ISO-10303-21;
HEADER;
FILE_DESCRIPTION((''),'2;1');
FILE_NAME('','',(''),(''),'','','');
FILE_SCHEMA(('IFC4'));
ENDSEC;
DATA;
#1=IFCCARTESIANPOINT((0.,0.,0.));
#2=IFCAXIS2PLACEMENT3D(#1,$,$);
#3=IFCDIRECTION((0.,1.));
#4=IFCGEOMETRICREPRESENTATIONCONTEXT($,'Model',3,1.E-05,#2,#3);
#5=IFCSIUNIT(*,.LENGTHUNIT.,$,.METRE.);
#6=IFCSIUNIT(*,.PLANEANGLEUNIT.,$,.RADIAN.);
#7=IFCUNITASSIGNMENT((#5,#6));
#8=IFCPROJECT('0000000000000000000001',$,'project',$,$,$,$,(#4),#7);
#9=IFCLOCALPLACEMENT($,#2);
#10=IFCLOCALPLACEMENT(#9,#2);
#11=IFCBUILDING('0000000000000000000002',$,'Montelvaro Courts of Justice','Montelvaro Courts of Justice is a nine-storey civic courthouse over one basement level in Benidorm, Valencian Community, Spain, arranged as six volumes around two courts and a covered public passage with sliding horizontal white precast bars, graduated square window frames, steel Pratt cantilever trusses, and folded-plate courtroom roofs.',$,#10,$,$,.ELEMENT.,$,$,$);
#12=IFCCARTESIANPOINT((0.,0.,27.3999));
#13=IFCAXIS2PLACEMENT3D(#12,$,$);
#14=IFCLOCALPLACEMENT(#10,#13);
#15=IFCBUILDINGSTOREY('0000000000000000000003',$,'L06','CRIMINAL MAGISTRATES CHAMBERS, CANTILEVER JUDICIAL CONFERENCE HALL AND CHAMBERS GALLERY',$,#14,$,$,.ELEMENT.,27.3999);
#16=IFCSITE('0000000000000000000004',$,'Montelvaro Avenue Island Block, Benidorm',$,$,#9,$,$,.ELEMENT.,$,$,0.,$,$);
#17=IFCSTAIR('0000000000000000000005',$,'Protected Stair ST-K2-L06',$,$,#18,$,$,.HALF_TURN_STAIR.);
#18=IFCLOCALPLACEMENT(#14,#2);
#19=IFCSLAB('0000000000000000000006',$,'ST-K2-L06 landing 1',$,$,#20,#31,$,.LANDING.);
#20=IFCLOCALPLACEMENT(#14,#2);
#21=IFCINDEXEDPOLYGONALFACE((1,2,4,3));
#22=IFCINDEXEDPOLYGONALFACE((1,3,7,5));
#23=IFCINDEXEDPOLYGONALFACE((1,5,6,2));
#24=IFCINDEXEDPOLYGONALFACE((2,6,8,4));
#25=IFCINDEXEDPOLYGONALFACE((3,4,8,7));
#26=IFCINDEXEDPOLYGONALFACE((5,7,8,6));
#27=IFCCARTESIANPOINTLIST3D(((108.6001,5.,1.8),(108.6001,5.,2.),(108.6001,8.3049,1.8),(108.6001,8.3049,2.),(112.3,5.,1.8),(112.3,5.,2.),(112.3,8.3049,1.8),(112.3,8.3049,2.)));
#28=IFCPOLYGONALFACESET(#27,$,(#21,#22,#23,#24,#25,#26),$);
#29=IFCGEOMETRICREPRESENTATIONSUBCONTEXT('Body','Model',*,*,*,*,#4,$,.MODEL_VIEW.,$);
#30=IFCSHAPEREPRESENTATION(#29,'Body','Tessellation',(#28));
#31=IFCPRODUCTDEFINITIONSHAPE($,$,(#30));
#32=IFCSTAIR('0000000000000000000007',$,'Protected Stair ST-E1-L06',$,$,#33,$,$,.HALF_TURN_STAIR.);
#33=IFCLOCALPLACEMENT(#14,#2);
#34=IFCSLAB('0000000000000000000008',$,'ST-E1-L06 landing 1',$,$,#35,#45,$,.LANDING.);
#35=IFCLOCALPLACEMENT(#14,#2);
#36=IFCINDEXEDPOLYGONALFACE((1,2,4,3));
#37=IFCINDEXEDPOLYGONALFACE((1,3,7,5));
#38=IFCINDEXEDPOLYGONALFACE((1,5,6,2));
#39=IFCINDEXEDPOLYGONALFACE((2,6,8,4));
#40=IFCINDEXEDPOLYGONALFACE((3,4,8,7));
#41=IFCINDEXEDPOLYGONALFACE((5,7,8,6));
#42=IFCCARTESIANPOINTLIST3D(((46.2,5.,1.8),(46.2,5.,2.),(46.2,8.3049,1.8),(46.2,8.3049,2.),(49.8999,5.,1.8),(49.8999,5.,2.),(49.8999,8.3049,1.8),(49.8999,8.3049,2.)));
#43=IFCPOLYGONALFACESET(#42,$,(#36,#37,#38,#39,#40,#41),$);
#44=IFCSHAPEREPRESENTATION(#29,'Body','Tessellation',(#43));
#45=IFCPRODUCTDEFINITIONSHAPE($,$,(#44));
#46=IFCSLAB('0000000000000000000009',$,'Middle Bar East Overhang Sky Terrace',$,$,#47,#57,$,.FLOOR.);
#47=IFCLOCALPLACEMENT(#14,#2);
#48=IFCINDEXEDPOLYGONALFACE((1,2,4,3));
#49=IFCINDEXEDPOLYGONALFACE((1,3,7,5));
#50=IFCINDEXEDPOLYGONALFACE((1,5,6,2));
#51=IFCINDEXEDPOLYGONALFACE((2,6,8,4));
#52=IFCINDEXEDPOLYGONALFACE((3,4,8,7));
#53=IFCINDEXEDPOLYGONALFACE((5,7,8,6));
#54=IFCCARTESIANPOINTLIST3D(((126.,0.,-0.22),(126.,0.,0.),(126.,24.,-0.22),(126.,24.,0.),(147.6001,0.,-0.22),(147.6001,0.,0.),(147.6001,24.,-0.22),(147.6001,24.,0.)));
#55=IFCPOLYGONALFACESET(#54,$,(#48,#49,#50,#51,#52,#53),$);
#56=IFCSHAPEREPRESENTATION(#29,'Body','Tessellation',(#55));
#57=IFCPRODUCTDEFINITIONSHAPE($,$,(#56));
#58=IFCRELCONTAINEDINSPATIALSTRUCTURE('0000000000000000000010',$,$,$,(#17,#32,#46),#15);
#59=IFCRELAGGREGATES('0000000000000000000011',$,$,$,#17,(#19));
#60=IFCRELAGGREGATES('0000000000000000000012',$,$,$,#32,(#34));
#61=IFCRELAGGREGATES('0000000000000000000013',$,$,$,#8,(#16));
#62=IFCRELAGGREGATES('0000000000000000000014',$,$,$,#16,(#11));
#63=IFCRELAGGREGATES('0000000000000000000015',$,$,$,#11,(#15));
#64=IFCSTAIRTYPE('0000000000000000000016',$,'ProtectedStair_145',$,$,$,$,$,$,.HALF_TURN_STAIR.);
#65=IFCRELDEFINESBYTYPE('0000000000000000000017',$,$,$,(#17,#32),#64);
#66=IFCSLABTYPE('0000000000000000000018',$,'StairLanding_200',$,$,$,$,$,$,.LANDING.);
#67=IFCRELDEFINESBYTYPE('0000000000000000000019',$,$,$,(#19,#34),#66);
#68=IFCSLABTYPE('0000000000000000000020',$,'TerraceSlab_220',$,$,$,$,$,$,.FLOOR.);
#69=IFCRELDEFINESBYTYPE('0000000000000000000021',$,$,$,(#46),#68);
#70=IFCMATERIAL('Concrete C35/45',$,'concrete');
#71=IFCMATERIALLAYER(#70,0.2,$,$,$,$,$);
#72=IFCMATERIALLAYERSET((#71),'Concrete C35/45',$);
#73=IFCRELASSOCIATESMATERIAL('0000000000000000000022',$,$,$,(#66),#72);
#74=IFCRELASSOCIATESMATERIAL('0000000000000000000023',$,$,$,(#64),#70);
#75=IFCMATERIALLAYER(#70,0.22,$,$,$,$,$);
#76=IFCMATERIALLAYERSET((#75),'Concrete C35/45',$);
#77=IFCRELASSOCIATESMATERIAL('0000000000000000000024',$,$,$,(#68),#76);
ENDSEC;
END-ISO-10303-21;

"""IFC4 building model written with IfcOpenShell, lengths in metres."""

from ifc_helpers import new_model, si_unit, direction, frame, origin, place, context, subcontext, project, spatial, polyline, outline, extrude, material, layer, layer_set, type_object, element, aggregate, save


model = new_model("IFC4")

# Units and contexts
model_context = context("Model", 3, precision=1e-05, world=origin(), true_north=direction((0.0, 1.0)))
body_context = subcontext(model_context, "Body", "Model", "MODEL_VIEW")
ifc_project = project(units=[si_unit("LENGTHUNIT", "METRE"), si_unit("PLANEANGLEUNIT", "RADIAN")], contexts=[model_context])

# Site, building, storey
site_placement = place(None, origin())
site = spatial("IfcSite", under=ifc_project, at=site_placement, Name="Montelvaro Avenue Island Block, Benidorm", CompositionType="ELEMENT", RefElevation=0.0)
building_placement = place(site_placement, origin())
building = spatial("IfcBuilding", under=site, at=building_placement, Name="Montelvaro Courts of Justice", Description="Montelvaro Courts of Justice is a nine-storey civic courthouse over one basement level in Benidorm, Valencian Community, Spain, arranged as six volumes around two courts and a covered public passage with sliding horizontal white precast bars, graduated square window frames, steel Pratt cantilever trusses, and folded-plate courtroom roofs.", CompositionType="ELEMENT")
storey_placement = place(building_placement, frame((0.0, 0.0, 27.3999)))
storey = spatial("IfcBuildingStorey", under=building, at=storey_placement, Name="L06", Description="CRIMINAL MAGISTRATES CHAMBERS, CANTILEVER JUDICIAL CONFERENCE HALL AND CHAMBERS GALLERY", CompositionType="ELEMENT", Elevation=27.3999)

# Shared definitions
ifc_material_1 = material(Name="Concrete C35/45", Category="concrete")

# Stairs, slabs
ifc_layer_1 = layer(ifc_material_1, 0.2)
ifc_layer_set_1 = layer_set([ifc_layer_1], Name="Concrete C35/45")
slab_type_1 = type_object("IfcSlabType", Name="StairLanding_200", PredefinedType="LANDING", material=ifc_layer_set_1)
stair_type_1 = type_object("IfcStairType", Name="ProtectedStair_145", PredefinedType="HALF_TURN_STAIR", material=ifc_material_1)
stair_1_placement = place(storey_placement, origin())
stair_1 = element("IfcStair", 1, at=stair_1_placement, inside=storey, type_object=stair_type_1, Name="Protected Stair ST-K2-L06", PredefinedType="HALF_TURN_STAIR")
slab_1_placement = place(storey_placement, frame((0.0, 0.0, 1.8)))
slab_1 = element("IfcSlab", 2, at=slab_1_placement, type_object=slab_type_1, Name="ST-K2-L06 landing 1", PredefinedType="LANDING", context=body_context, shape_type="SweptSolid", body=[
    extrude(outline(polyline([(108.6001, 5.0), (112.3, 5.0), (112.3, 8.3049), (108.6001, 8.3049), (108.6001, 5.0)])), origin(), (0.0, 0.0, 1.0), 0.2),
])
aggregate(stair_1, [slab_1])
stair_2_placement = place(storey_placement, origin())
stair_2 = element("IfcStair", 3, at=stair_2_placement, inside=storey, type_object=stair_type_1, Name="Protected Stair ST-E1-L06", PredefinedType="HALF_TURN_STAIR")
slab_2_placement = place(storey_placement, frame((0.0, 0.0, 1.8)))
slab_2 = element("IfcSlab", 4, at=slab_2_placement, type_object=slab_type_1, Name="ST-E1-L06 landing 1", PredefinedType="LANDING", context=body_context, shape_type="SweptSolid", body=[
    extrude(outline(polyline([(46.2, 5.0), (49.8999, 5.0), (49.8999, 8.3049), (46.2, 8.3049), (46.2, 5.0)])), origin(), (0.0, 0.0, 1.0), 0.2),
])
aggregate(stair_2, [slab_2])

# Slab
ifc_layer_2 = layer(ifc_material_1, 0.22)
ifc_layer_set_2 = layer_set([ifc_layer_2], Name="Concrete C35/45")
slab_type_2 = type_object("IfcSlabType", Name="TerraceSlab_220", PredefinedType="FLOOR", material=ifc_layer_set_2)
slab_3_placement = place(storey_placement, frame((0.0, 0.0, -0.22)))
element("IfcSlab", 5, at=slab_3_placement, inside=storey, type_object=slab_type_2, Name="Middle Bar East Overhang Sky Terrace", PredefinedType="FLOOR", context=body_context, shape_type="SweptSolid", body=[
    extrude(outline(polyline([(126.0, 0.0), (147.6001, 0.0), (147.6001, 24.0), (126.0, 24.0), (126.0, 0.0)])), origin(), (0.0, 0.0, 1.0), 0.22),
])

save(model, "model.ifc")
